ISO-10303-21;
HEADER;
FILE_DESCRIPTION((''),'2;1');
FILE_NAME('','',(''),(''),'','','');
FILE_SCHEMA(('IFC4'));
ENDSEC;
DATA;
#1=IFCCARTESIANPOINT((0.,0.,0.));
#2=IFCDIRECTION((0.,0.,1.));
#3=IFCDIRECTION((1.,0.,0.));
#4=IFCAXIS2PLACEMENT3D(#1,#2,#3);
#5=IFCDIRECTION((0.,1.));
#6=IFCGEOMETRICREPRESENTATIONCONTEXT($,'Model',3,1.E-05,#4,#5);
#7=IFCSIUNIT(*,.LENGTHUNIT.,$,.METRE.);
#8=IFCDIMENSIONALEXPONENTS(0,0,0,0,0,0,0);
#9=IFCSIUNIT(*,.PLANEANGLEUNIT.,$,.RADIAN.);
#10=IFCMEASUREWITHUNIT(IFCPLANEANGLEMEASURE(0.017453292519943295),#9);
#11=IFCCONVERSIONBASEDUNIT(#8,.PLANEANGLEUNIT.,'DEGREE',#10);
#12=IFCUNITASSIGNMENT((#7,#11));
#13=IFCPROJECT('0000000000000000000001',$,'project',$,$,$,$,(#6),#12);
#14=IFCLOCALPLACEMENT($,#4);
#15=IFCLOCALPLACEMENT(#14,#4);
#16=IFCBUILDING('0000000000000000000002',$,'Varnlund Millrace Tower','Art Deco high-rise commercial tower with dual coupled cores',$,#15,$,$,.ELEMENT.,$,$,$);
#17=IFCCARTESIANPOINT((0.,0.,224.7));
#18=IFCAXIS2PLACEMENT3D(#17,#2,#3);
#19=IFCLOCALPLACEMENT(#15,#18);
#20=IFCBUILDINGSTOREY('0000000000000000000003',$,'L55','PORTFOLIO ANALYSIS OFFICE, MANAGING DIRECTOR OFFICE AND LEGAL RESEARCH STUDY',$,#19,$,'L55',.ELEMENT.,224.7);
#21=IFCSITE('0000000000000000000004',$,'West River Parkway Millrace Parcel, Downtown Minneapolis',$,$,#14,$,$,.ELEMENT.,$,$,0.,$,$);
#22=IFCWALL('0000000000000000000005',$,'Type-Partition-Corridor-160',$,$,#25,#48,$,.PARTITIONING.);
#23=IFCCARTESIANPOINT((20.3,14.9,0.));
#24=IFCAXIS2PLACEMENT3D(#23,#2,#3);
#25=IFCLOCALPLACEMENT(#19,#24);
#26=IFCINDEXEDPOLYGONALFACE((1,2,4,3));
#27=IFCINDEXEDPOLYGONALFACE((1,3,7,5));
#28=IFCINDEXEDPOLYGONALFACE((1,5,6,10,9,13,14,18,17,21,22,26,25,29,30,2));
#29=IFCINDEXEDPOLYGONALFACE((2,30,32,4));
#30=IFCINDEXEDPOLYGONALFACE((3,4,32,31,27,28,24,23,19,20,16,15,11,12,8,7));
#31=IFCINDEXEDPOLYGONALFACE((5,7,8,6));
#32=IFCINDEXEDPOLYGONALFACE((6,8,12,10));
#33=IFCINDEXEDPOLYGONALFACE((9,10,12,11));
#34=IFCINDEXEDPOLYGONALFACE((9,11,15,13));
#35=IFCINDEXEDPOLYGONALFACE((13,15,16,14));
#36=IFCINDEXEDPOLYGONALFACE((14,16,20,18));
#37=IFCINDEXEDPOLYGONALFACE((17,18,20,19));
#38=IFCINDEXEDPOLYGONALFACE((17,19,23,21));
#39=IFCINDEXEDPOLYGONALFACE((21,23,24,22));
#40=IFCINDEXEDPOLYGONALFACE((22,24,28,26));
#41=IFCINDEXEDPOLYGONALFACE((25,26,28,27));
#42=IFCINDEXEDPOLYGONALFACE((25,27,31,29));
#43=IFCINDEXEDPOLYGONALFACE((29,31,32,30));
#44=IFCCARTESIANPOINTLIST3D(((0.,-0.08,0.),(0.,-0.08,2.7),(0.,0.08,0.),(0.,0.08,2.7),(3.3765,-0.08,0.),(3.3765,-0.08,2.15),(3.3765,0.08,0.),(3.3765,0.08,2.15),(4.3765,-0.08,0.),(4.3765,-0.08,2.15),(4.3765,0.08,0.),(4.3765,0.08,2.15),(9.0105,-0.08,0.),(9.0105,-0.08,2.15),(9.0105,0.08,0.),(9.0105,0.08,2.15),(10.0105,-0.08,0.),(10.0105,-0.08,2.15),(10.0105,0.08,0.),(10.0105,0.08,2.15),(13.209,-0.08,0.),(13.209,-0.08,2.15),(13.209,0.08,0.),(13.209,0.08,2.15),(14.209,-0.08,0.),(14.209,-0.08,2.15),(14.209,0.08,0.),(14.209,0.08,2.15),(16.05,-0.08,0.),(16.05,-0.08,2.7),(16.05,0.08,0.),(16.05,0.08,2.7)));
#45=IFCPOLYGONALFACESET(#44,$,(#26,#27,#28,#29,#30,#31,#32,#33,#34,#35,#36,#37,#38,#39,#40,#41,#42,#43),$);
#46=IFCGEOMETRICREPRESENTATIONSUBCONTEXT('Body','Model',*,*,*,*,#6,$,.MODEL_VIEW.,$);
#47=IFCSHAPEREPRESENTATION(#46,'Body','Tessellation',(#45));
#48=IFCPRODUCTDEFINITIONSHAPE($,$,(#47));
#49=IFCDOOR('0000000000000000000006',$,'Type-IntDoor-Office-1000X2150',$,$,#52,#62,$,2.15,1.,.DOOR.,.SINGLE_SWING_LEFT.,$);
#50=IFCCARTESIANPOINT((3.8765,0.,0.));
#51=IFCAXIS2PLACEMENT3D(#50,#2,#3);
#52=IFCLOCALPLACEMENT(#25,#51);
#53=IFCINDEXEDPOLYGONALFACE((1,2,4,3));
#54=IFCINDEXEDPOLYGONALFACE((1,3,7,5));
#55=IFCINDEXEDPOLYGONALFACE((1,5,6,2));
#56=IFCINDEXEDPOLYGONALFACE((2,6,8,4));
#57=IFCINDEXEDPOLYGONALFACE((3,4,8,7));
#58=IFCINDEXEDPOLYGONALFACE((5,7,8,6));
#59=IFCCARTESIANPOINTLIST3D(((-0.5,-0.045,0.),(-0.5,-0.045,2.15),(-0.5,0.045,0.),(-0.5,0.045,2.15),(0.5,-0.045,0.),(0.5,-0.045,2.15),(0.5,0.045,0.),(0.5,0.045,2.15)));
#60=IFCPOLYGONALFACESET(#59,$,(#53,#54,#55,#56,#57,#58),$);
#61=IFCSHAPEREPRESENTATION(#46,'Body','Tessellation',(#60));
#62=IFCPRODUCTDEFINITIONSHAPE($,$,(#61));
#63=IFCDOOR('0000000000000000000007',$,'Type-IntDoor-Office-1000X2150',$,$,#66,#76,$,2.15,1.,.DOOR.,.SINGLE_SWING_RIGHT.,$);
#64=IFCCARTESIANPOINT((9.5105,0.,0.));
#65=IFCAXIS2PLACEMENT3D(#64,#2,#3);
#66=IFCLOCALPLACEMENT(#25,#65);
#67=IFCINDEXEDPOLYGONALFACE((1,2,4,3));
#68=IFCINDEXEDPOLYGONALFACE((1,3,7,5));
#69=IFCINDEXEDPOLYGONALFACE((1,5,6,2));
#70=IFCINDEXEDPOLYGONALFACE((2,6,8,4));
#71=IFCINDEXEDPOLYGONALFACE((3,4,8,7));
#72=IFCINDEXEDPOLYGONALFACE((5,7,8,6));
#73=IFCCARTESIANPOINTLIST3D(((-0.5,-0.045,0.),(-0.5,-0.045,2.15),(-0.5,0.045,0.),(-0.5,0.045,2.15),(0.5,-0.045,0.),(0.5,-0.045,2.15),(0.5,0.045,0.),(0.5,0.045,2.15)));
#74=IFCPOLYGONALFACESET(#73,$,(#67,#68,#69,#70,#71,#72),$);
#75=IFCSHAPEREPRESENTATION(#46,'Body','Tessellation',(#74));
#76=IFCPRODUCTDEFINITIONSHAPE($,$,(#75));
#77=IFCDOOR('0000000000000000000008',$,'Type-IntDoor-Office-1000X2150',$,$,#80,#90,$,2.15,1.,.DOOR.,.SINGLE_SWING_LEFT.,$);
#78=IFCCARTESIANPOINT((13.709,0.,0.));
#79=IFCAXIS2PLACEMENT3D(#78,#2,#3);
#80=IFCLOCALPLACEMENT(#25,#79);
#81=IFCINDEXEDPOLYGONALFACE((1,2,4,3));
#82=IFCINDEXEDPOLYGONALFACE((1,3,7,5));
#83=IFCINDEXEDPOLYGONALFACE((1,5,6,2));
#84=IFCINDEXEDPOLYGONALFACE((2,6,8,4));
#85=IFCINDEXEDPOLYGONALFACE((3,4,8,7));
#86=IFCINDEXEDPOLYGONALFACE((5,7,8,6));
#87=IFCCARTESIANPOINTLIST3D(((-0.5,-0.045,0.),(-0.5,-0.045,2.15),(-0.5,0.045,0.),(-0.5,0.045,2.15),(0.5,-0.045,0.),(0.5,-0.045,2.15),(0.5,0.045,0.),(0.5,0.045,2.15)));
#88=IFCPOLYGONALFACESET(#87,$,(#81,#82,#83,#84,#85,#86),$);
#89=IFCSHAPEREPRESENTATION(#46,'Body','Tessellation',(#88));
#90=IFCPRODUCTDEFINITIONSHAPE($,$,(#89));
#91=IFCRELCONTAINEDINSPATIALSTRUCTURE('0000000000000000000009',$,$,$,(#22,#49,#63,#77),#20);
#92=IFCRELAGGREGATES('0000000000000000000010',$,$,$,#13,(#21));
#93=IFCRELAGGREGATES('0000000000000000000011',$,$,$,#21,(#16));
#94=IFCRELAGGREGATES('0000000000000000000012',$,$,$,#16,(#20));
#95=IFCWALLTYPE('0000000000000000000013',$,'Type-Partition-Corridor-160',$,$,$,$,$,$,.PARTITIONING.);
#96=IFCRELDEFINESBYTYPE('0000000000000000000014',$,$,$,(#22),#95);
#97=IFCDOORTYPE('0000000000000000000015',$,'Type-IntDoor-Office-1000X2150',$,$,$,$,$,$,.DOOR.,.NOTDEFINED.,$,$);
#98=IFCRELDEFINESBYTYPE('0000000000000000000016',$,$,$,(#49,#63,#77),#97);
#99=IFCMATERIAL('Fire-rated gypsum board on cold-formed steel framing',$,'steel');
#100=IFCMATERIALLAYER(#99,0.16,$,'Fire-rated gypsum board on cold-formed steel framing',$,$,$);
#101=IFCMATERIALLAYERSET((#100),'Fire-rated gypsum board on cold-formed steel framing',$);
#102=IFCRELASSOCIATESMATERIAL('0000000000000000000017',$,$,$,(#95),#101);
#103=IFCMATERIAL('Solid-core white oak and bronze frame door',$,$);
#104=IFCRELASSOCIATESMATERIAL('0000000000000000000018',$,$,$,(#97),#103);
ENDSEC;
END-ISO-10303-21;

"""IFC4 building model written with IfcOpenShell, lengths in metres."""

from ifc_helpers import new_model, entity, si_unit, converted_unit, direction, frame, origin_with_axes, origin_2d_with_axis, place, context, subcontext, project, spatial, polyline, rectangle, outline, extrude, material, layer, layer_set, type_object, element, fill, save


model = new_model("IFC4")

# Units and contexts
model_context = context("Model", 3, precision=1e-05, world=origin_with_axes(), true_north=direction((0.0, 1.0)))
body_context = subcontext(model_context, "Body", "Model", "MODEL_VIEW")
ifc_project = project(units=[si_unit("LENGTHUNIT", "METRE"), converted_unit("PLANEANGLEUNIT", "DEGREE", entity("IfcPlaneAngleMeasure", 0.017453292519943295), si_unit("PLANEANGLEUNIT", "RADIAN"), dimensions=[0, 0, 0, 0, 0, 0, 0])], contexts=[model_context])

# Site, building, storey
site_placement = place(None, origin_with_axes())
site = spatial("IfcSite", under=ifc_project, at=site_placement, Name="West River Parkway Millrace Parcel, Downtown Minneapolis", CompositionType="ELEMENT", RefElevation=0.0)
building_placement = place(site_placement, origin_with_axes())
building = spatial("IfcBuilding", under=site, at=building_placement, Name="Varnlund Millrace Tower", Description="Art Deco high-rise commercial tower with dual coupled cores", CompositionType="ELEMENT")
storey_placement = place(building_placement, frame((0.0, 0.0, 224.7), z_axis=(0.0, 0.0, 1.0), x_axis=(1.0, 0.0, 0.0)))
storey = spatial("IfcBuildingStorey", under=building, at=storey_placement, Name="L55", Description="PORTFOLIO ANALYSIS OFFICE, MANAGING DIRECTOR OFFICE AND LEGAL RESEARCH STUDY", LongName="L55", CompositionType="ELEMENT", Elevation=224.7)

# Wall, openings, doors
ifc_material_1 = material(Name="Fire-rated gypsum board on cold-formed steel framing", Category="steel")
ifc_layer_1 = layer(ifc_material_1, 0.16, Name="Fire-rated gypsum board on cold-formed steel framing")
ifc_layer_set_1 = layer_set([ifc_layer_1], Name="Fire-rated gypsum board on cold-formed steel framing")
wall_type_1 = type_object("IfcWallType", Name="Type-Partition-Corridor-160", PredefinedType="PARTITIONING", material=ifc_layer_set_1)
wall_1_placement = place(storey_placement, frame((20.3, 14.9, 0.0), z_axis=(0.0, 0.0, 1.0), x_axis=(1.0, 0.0, 0.0)))
wall_1 = element("IfcWall", 1, at=wall_1_placement, inside=storey, type_object=wall_type_1, Name="Type-Partition-Corridor-160", PredefinedType="PARTITIONING", context=body_context, shape_type="SweptSolid", body=[
    extrude(outline(polyline([(0.0, -0.08), (16.05, -0.08), (16.05, 0.08), (0.0, 0.08), (0.0, -0.08)])), origin_with_axes(), (0.0, 0.0, 1.0), 2.7),
])
opening_1_placement = place(wall_1_placement, frame((3.8765, 0.0, 0.0), z_axis=(0.0, 0.0, 1.0), x_axis=(1.0, 0.0, 0.0)))
opening_1 = element("IfcOpeningElement", 2, at=opening_1_placement, cuts=wall_1, PredefinedType="OPENING", context=body_context, shape_type="SweptSolid", body=[
    extrude(rectangle(XDim=1.0, YDim=0.18, at=origin_2d_with_axis()), origin_with_axes(), (0.0, 0.0, 1.0), 2.15),
])
opening_2_placement = place(wall_1_placement, frame((9.5105, 0.0, 0.0), z_axis=(0.0, 0.0, 1.0), x_axis=(1.0, 0.0, 0.0)))
opening_2 = element("IfcOpeningElement", 3, at=opening_2_placement, cuts=wall_1, PredefinedType="OPENING", context=body_context, shape_type="SweptSolid", body=[
    extrude(rectangle(XDim=1.0, YDim=0.18, at=origin_2d_with_axis()), origin_with_axes(), (0.0, 0.0, 1.0), 2.15),
])
opening_3_placement = place(wall_1_placement, frame((13.709, 0.0, 0.0), z_axis=(0.0, 0.0, 1.0), x_axis=(1.0, 0.0, 0.0)))
opening_3 = element("IfcOpeningElement", 4, at=opening_3_placement, cuts=wall_1, PredefinedType="OPENING", context=body_context, shape_type="SweptSolid", body=[
    extrude(rectangle(XDim=1.0, YDim=0.18, at=origin_2d_with_axis()), origin_with_axes(), (0.0, 0.0, 1.0), 2.15),
])
ifc_material_2 = material(Name="Solid-core white oak and bronze frame door")
door_type = type_object("IfcDoorType", Name="Type-IntDoor-Office-1000X2150", OperationType="NOTDEFINED", PredefinedType="DOOR", material=ifc_material_2)
door_1_placement = place(wall_1_placement, frame((3.8765, 0.0, 0.0), z_axis=(0.0, 0.0, 1.0), x_axis=(1.0, 0.0, 0.0)))
door_1 = element("IfcDoor", 5, at=door_1_placement, inside=storey, type_object=door_type, Name="Type-IntDoor-Office-1000X2150", OperationType="SINGLE_SWING_LEFT", OverallHeight=2.15, OverallWidth=1.0, PredefinedType="DOOR", context=body_context, shape_type="SweptSolid", body=[
    extrude(rectangle(XDim=1.0, YDim=0.09, at=origin_2d_with_axis()), origin_with_axes(), (0.0, 0.0, 1.0), 2.15),
])
fill(opening_1, door_1)
door_2_placement = place(wall_1_placement, frame((9.5105, 0.0, 0.0), z_axis=(0.0, 0.0, 1.0), x_axis=(1.0, 0.0, 0.0)))
door_2 = element("IfcDoor", 6, at=door_2_placement, inside=storey, type_object=door_type, Name="Type-IntDoor-Office-1000X2150", OperationType="SINGLE_SWING_RIGHT", OverallHeight=2.15, OverallWidth=1.0, PredefinedType="DOOR", context=body_context, shape_type="SweptSolid", body=[
    extrude(rectangle(XDim=1.0, YDim=0.09, at=origin_2d_with_axis()), origin_with_axes(), (0.0, 0.0, 1.0), 2.15),
])
fill(opening_2, door_2)
door_3_placement = place(wall_1_placement, frame((13.709, 0.0, 0.0), z_axis=(0.0, 0.0, 1.0), x_axis=(1.0, 0.0, 0.0)))
door_3 = element("IfcDoor", 7, at=door_3_placement, inside=storey, type_object=door_type, Name="Type-IntDoor-Office-1000X2150", OperationType="SINGLE_SWING_LEFT", OverallHeight=2.15, OverallWidth=1.0, PredefinedType="DOOR", context=body_context, shape_type="SweptSolid", body=[
    extrude(rectangle(XDim=1.0, YDim=0.09, at=origin_2d_with_axis()), origin_with_axes(), (0.0, 0.0, 1.0), 2.15),
])
fill(opening_3, door_3)

save(model, "model.ifc")
